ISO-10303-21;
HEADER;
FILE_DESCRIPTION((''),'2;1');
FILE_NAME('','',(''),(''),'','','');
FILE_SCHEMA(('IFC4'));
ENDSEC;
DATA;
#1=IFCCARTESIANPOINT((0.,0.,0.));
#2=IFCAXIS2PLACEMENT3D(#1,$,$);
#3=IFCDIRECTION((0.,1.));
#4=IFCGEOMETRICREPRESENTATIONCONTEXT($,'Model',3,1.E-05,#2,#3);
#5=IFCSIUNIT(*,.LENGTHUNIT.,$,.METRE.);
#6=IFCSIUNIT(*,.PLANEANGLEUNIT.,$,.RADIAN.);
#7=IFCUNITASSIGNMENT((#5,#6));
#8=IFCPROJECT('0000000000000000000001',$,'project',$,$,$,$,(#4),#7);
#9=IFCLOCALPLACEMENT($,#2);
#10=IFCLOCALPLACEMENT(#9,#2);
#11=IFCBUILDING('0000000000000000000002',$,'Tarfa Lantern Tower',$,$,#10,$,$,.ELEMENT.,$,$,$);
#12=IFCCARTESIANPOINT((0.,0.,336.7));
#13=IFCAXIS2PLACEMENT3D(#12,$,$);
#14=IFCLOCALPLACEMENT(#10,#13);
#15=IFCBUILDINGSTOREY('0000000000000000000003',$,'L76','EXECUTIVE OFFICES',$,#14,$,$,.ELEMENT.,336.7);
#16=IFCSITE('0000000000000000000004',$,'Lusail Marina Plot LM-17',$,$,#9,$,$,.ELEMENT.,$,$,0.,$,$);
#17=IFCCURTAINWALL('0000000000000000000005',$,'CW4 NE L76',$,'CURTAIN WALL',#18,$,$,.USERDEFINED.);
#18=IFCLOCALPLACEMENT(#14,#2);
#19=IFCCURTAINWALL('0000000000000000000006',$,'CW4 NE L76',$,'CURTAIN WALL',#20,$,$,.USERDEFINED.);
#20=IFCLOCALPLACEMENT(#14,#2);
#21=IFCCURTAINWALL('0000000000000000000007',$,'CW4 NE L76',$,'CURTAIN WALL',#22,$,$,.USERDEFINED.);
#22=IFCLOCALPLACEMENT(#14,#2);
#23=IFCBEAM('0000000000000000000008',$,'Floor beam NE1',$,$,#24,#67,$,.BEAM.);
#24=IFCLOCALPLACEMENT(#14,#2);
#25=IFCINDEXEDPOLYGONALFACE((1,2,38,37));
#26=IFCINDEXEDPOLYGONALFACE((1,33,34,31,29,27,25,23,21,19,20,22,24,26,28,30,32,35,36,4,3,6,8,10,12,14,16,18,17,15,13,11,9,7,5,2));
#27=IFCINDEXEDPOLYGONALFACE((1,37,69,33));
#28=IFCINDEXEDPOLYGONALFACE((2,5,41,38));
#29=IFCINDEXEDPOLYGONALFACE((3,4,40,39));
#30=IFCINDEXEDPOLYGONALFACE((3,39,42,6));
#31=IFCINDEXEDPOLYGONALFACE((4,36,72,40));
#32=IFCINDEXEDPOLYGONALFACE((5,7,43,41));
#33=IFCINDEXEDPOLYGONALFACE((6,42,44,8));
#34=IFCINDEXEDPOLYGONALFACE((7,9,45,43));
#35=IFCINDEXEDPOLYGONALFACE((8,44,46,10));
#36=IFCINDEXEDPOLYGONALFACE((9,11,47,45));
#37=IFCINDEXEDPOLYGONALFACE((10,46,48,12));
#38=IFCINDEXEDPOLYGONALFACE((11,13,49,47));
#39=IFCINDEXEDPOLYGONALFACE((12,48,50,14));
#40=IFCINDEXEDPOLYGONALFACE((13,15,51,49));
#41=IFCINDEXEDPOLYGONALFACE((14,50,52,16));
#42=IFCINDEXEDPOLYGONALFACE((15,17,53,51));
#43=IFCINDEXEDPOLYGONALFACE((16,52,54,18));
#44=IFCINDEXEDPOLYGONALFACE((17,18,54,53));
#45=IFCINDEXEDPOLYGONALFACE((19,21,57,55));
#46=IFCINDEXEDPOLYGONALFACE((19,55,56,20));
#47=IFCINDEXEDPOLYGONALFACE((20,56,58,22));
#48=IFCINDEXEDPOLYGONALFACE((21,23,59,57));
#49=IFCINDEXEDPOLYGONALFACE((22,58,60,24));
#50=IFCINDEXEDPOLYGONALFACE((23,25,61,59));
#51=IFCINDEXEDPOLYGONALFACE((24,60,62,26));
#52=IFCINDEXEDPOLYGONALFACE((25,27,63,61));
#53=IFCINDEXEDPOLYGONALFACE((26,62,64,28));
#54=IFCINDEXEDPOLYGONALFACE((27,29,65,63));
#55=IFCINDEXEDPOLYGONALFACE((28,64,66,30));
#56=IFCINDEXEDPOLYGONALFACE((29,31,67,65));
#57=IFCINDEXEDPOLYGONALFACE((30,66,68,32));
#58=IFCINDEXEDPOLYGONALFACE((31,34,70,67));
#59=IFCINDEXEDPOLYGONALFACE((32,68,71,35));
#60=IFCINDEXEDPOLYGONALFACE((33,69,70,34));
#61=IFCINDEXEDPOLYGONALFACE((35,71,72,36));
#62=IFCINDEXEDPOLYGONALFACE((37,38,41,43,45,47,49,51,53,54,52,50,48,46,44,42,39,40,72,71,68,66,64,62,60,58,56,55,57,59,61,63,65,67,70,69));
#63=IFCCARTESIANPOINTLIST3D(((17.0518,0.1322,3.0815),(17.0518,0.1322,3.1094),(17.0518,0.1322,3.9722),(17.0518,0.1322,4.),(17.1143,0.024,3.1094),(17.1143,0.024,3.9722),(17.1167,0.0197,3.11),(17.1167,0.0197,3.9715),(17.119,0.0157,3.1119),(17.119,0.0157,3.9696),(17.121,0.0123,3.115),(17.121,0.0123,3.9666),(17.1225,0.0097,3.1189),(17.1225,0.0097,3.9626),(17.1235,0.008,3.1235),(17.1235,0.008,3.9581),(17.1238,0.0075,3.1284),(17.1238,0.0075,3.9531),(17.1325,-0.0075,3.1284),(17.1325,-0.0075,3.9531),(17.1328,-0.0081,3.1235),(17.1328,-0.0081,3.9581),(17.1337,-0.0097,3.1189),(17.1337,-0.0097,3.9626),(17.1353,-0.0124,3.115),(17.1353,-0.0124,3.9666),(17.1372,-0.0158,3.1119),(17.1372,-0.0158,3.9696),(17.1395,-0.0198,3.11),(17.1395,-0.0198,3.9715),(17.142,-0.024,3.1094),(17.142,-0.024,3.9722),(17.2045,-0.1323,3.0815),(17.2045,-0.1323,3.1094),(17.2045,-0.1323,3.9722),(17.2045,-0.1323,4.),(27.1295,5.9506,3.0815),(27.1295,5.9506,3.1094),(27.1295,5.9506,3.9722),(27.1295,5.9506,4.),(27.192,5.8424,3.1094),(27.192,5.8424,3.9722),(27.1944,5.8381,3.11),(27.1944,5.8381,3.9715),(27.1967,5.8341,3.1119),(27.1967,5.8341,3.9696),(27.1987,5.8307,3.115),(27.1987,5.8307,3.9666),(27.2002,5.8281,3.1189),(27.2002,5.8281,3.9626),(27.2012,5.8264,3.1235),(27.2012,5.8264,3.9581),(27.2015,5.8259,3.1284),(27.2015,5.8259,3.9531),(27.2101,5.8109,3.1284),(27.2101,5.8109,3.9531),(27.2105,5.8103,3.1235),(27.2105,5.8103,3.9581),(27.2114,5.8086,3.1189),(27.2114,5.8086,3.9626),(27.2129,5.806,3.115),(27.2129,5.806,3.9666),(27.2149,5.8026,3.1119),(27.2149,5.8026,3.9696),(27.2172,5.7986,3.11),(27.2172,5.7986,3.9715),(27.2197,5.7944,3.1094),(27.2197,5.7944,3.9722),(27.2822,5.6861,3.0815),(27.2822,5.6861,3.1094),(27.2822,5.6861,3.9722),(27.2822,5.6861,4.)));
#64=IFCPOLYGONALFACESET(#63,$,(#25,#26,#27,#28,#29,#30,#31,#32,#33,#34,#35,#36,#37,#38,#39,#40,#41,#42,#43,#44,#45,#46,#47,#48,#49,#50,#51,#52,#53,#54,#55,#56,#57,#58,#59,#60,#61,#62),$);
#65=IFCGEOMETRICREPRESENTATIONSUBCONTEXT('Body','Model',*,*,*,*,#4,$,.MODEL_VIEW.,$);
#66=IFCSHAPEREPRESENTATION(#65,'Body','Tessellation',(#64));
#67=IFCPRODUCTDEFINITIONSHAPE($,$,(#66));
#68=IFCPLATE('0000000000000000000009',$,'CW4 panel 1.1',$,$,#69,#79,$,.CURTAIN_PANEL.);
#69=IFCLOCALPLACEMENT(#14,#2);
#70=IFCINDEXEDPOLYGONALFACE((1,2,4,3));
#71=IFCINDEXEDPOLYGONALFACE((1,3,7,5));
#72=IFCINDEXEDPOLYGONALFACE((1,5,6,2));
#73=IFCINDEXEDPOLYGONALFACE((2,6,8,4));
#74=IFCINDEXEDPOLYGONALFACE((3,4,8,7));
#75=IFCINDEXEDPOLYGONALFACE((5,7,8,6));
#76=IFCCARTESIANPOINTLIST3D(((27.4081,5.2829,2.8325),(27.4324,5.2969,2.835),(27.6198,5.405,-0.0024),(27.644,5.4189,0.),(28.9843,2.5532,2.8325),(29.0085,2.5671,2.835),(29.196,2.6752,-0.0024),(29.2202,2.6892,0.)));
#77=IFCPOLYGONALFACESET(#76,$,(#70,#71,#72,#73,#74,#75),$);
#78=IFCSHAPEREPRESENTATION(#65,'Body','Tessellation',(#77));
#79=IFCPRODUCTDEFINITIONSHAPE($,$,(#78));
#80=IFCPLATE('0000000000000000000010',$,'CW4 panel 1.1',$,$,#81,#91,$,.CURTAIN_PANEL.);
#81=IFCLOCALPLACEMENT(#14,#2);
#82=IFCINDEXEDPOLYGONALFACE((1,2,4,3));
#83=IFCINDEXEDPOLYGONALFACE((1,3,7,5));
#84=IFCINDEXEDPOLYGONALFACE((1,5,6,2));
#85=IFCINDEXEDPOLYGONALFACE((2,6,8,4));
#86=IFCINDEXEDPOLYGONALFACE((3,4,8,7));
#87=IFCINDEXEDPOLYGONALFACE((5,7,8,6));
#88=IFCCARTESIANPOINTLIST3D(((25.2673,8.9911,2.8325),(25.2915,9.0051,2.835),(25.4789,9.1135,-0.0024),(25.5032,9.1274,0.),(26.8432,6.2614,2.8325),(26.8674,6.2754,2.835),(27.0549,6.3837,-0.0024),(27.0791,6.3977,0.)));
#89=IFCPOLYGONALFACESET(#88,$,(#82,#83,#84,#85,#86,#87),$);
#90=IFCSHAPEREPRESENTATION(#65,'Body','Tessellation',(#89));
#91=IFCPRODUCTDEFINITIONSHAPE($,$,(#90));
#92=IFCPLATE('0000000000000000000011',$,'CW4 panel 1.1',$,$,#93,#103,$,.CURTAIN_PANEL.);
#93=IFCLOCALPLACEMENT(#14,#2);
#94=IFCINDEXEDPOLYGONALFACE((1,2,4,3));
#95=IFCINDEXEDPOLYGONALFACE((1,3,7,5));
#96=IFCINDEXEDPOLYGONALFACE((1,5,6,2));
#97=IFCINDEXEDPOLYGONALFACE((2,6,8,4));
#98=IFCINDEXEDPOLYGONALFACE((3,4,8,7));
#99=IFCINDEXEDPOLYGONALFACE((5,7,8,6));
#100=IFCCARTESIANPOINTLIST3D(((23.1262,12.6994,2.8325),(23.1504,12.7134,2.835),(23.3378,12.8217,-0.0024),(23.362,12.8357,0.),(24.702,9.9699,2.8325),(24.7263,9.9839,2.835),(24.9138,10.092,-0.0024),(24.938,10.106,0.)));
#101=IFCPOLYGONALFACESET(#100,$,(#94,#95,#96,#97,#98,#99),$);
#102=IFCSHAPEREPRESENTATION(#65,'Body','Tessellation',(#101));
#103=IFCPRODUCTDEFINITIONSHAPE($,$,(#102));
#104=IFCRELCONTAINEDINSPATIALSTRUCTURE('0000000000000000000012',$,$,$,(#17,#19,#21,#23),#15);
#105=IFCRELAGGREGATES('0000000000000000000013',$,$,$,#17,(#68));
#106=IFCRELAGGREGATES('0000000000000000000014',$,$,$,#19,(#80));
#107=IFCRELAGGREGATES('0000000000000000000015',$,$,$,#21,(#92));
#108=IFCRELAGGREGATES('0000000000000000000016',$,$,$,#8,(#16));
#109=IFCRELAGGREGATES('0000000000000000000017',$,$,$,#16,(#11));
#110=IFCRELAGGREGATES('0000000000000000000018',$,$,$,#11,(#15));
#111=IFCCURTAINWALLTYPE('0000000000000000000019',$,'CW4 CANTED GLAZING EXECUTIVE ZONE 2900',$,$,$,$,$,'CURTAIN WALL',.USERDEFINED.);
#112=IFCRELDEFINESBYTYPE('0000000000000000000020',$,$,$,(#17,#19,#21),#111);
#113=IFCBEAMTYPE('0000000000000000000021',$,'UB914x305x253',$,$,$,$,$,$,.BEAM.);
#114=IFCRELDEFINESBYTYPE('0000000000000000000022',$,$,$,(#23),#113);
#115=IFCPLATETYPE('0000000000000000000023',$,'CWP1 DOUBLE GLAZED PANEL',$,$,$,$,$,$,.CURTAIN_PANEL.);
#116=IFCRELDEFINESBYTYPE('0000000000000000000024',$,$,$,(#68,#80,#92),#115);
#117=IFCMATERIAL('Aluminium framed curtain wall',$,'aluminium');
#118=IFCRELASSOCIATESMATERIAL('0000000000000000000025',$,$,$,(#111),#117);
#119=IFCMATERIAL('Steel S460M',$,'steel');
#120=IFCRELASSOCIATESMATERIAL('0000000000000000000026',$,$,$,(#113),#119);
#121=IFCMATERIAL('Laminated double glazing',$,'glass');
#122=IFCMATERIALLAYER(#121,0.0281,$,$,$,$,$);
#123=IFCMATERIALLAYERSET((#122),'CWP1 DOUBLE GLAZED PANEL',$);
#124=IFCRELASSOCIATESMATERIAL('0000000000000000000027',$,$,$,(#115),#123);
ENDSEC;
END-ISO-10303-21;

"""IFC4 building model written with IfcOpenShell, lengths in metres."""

from ifc_helpers import new_model, si_unit, direction, frame, origin, origin_2d, place, context, subcontext, project, spatial, polyline, i_section, outline, extrude, material, layer, layer_set, material_profile, profile_set, type_object, element, aggregate, save


model = new_model("IFC4")

# Units and contexts
model_context = context("Model", 3, precision=1e-05, world=origin(), true_north=direction((0.0, 1.0)))
body_context = subcontext(model_context, "Body", "Model", "MODEL_VIEW")
ifc_project = project(units=[si_unit("LENGTHUNIT", "METRE"), si_unit("PLANEANGLEUNIT", "RADIAN")], contexts=[model_context])

# Site, building, storey
site_placement = place(None, origin())
site = spatial("IfcSite", under=ifc_project, at=site_placement, Name="Lusail Marina Plot LM-17", CompositionType="ELEMENT", RefElevation=0.0)
building_placement = place(site_placement, origin())
building = spatial("IfcBuilding", under=site, at=building_placement, Name="Tarfa Lantern Tower", CompositionType="ELEMENT")
storey_placement = place(building_placement, frame((0.0, 0.0, 336.7)))
storey = spatial("IfcBuildingStorey", under=building, at=storey_placement, Name="L76", Description="EXECUTIVE OFFICES", CompositionType="ELEMENT", Elevation=336.7)

# Curtain walls
ifc_material_1 = material(Name="Aluminium framed curtain wall", Category="aluminium")
curtain_wall_type = type_object("IfcCurtainWallType", Name="CW4 CANTED GLAZING EXECUTIVE ZONE 2900", ElementType="CURTAIN WALL", PredefinedType="USERDEFINED", material=ifc_material_1)
curtain_wall_1_placement = place(storey_placement, origin())
curtain_wall_1 = element("IfcCurtainWall", 1, at=curtain_wall_1_placement, inside=storey, type_object=curtain_wall_type, Name="CW4 NE L76", ObjectType="CURTAIN WALL", PredefinedType="USERDEFINED")
curtain_wall_2_placement = place(storey_placement, origin())
curtain_wall_2 = element("IfcCurtainWall", 2, at=curtain_wall_2_placement, inside=storey, type_object=curtain_wall_type, Name="CW4 NE L76", ObjectType="CURTAIN WALL", PredefinedType="USERDEFINED")

# Curtain wall
curtain_wall_3_placement = place(storey_placement, origin())
curtain_wall_3 = element("IfcCurtainWall", 3, at=curtain_wall_3_placement, inside=storey, type_object=curtain_wall_type, Name="CW4 NE L76", ObjectType="CURTAIN WALL", PredefinedType="USERDEFINED")

# Beam
ifc_material_2 = material(Name="Steel S460M", Category="steel")
ifc_material_profile_1 = material_profile(ifc_material_2, i_section(OverallWidth=0.3054, OverallDepth=0.9185, WebThickness=0.0173, FlangeThickness=0.0278, FilletRadius=0.019, at=origin_2d()), Name="UB914x305x253")
ifc_profile_set_1 = profile_set([ifc_material_profile_1], Name="Steel S460M")
beam_type_1 = type_object("IfcBeamType", Name="UB914x305x253", PredefinedType="BEAM", material=ifc_profile_set_1)
beam_1_placement = place(storey_placement, frame((27.2058, 5.8184, 3.5408), z_axis=(-0.866024, -0.500002, 0.0), x_axis=(0.500002, -0.866024, 0.0)))
element("IfcBeam", 4, at=beam_1_placement, inside=storey, type_object=beam_type_1, Name="Floor beam NE1", PredefinedType="BEAM", context=body_context, shape_type="SweptSolid", body=[
    extrude(i_section(OverallWidth=0.3054, OverallDepth=0.9185, WebThickness=0.0173, FlangeThickness=0.0278, FilletRadius=0.019, at=origin_2d()), origin(), (0.0, 0.0, 1.0), 11.6367),
])

# Plates
ifc_material_3 = material(Name="Laminated double glazing", Category="glass")
ifc_layer = layer(ifc_material_3, 0.0281)
ifc_layer_set = layer_set([ifc_layer], Name="CWP1 DOUBLE GLAZED PANEL")
plate_type = type_object("IfcPlateType", Name="CWP1 DOUBLE GLAZED PANEL", PredefinedType="CURTAIN_PANEL", material=ifc_layer_set)
plate_1_placement = place(storey_placement, frame((29.2202, 2.6892, 0.0), z_axis=(0.862805, 0.498191, 0.085872), x_axis=(-0.500038, 0.866004, 0.0)))
plate_1 = element("IfcPlate", 5, at=plate_1_placement, type_object=plate_type, Name="CW4 panel 1.1", PredefinedType="CURTAIN_PANEL", context=body_context, shape_type="SweptSolid", body=[
    extrude(outline(polyline([(0.0, 0.0), (3.1521, 0.0), (3.1522, 2.8455), (0.0001, 2.8455), (0.0, 0.0)])), origin(), (0.0, 0.0, -1.0), 0.0281),
])
aggregate(curtain_wall_1, [plate_1])
plate_2_placement = place(storey_placement, frame((27.0791, 6.3977, 0.0), z_axis=(0.862835, 0.498131, 0.085915), x_axis=(-0.499979, 0.866037, 0.0)))
plate_2 = element("IfcPlate", 6, at=plate_2_placement, type_object=plate_type, Name="CW4 panel 1.1", PredefinedType="CURTAIN_PANEL", context=body_context, shape_type="SweptSolid", body=[
    extrude(outline(polyline([(0.0, 0.0), (3.152, 0.0), (3.1519, 2.8455), (-0.0001, 2.8455), (0.0, 0.0)])), origin(), (0.0, 0.0, -1.0), 0.0281),
])
aggregate(curtain_wall_2, [plate_2])
plate_3_placement = place(storey_placement, frame((24.938, 10.106, 0.0), z_axis=(0.862827, 0.498148, 0.085893), x_axis=(-0.499996, 0.866028, -0.000002)))
plate_3 = element("IfcPlate", 7, at=plate_3_placement, type_object=plate_type, Name="CW4 panel 1.1", PredefinedType="CURTAIN_PANEL", context=body_context, shape_type="SweptSolid", body=[
    extrude(outline(polyline([(0.0, 0.0), (3.152, 0.0), (3.1519, 2.8455), (0.0001, 2.8455), (0.0, 0.0)])), origin(), (0.0, 0.0, -1.0), 0.0281),
])
aggregate(curtain_wall_3, [plate_3])

save(model, "model.ifc")
